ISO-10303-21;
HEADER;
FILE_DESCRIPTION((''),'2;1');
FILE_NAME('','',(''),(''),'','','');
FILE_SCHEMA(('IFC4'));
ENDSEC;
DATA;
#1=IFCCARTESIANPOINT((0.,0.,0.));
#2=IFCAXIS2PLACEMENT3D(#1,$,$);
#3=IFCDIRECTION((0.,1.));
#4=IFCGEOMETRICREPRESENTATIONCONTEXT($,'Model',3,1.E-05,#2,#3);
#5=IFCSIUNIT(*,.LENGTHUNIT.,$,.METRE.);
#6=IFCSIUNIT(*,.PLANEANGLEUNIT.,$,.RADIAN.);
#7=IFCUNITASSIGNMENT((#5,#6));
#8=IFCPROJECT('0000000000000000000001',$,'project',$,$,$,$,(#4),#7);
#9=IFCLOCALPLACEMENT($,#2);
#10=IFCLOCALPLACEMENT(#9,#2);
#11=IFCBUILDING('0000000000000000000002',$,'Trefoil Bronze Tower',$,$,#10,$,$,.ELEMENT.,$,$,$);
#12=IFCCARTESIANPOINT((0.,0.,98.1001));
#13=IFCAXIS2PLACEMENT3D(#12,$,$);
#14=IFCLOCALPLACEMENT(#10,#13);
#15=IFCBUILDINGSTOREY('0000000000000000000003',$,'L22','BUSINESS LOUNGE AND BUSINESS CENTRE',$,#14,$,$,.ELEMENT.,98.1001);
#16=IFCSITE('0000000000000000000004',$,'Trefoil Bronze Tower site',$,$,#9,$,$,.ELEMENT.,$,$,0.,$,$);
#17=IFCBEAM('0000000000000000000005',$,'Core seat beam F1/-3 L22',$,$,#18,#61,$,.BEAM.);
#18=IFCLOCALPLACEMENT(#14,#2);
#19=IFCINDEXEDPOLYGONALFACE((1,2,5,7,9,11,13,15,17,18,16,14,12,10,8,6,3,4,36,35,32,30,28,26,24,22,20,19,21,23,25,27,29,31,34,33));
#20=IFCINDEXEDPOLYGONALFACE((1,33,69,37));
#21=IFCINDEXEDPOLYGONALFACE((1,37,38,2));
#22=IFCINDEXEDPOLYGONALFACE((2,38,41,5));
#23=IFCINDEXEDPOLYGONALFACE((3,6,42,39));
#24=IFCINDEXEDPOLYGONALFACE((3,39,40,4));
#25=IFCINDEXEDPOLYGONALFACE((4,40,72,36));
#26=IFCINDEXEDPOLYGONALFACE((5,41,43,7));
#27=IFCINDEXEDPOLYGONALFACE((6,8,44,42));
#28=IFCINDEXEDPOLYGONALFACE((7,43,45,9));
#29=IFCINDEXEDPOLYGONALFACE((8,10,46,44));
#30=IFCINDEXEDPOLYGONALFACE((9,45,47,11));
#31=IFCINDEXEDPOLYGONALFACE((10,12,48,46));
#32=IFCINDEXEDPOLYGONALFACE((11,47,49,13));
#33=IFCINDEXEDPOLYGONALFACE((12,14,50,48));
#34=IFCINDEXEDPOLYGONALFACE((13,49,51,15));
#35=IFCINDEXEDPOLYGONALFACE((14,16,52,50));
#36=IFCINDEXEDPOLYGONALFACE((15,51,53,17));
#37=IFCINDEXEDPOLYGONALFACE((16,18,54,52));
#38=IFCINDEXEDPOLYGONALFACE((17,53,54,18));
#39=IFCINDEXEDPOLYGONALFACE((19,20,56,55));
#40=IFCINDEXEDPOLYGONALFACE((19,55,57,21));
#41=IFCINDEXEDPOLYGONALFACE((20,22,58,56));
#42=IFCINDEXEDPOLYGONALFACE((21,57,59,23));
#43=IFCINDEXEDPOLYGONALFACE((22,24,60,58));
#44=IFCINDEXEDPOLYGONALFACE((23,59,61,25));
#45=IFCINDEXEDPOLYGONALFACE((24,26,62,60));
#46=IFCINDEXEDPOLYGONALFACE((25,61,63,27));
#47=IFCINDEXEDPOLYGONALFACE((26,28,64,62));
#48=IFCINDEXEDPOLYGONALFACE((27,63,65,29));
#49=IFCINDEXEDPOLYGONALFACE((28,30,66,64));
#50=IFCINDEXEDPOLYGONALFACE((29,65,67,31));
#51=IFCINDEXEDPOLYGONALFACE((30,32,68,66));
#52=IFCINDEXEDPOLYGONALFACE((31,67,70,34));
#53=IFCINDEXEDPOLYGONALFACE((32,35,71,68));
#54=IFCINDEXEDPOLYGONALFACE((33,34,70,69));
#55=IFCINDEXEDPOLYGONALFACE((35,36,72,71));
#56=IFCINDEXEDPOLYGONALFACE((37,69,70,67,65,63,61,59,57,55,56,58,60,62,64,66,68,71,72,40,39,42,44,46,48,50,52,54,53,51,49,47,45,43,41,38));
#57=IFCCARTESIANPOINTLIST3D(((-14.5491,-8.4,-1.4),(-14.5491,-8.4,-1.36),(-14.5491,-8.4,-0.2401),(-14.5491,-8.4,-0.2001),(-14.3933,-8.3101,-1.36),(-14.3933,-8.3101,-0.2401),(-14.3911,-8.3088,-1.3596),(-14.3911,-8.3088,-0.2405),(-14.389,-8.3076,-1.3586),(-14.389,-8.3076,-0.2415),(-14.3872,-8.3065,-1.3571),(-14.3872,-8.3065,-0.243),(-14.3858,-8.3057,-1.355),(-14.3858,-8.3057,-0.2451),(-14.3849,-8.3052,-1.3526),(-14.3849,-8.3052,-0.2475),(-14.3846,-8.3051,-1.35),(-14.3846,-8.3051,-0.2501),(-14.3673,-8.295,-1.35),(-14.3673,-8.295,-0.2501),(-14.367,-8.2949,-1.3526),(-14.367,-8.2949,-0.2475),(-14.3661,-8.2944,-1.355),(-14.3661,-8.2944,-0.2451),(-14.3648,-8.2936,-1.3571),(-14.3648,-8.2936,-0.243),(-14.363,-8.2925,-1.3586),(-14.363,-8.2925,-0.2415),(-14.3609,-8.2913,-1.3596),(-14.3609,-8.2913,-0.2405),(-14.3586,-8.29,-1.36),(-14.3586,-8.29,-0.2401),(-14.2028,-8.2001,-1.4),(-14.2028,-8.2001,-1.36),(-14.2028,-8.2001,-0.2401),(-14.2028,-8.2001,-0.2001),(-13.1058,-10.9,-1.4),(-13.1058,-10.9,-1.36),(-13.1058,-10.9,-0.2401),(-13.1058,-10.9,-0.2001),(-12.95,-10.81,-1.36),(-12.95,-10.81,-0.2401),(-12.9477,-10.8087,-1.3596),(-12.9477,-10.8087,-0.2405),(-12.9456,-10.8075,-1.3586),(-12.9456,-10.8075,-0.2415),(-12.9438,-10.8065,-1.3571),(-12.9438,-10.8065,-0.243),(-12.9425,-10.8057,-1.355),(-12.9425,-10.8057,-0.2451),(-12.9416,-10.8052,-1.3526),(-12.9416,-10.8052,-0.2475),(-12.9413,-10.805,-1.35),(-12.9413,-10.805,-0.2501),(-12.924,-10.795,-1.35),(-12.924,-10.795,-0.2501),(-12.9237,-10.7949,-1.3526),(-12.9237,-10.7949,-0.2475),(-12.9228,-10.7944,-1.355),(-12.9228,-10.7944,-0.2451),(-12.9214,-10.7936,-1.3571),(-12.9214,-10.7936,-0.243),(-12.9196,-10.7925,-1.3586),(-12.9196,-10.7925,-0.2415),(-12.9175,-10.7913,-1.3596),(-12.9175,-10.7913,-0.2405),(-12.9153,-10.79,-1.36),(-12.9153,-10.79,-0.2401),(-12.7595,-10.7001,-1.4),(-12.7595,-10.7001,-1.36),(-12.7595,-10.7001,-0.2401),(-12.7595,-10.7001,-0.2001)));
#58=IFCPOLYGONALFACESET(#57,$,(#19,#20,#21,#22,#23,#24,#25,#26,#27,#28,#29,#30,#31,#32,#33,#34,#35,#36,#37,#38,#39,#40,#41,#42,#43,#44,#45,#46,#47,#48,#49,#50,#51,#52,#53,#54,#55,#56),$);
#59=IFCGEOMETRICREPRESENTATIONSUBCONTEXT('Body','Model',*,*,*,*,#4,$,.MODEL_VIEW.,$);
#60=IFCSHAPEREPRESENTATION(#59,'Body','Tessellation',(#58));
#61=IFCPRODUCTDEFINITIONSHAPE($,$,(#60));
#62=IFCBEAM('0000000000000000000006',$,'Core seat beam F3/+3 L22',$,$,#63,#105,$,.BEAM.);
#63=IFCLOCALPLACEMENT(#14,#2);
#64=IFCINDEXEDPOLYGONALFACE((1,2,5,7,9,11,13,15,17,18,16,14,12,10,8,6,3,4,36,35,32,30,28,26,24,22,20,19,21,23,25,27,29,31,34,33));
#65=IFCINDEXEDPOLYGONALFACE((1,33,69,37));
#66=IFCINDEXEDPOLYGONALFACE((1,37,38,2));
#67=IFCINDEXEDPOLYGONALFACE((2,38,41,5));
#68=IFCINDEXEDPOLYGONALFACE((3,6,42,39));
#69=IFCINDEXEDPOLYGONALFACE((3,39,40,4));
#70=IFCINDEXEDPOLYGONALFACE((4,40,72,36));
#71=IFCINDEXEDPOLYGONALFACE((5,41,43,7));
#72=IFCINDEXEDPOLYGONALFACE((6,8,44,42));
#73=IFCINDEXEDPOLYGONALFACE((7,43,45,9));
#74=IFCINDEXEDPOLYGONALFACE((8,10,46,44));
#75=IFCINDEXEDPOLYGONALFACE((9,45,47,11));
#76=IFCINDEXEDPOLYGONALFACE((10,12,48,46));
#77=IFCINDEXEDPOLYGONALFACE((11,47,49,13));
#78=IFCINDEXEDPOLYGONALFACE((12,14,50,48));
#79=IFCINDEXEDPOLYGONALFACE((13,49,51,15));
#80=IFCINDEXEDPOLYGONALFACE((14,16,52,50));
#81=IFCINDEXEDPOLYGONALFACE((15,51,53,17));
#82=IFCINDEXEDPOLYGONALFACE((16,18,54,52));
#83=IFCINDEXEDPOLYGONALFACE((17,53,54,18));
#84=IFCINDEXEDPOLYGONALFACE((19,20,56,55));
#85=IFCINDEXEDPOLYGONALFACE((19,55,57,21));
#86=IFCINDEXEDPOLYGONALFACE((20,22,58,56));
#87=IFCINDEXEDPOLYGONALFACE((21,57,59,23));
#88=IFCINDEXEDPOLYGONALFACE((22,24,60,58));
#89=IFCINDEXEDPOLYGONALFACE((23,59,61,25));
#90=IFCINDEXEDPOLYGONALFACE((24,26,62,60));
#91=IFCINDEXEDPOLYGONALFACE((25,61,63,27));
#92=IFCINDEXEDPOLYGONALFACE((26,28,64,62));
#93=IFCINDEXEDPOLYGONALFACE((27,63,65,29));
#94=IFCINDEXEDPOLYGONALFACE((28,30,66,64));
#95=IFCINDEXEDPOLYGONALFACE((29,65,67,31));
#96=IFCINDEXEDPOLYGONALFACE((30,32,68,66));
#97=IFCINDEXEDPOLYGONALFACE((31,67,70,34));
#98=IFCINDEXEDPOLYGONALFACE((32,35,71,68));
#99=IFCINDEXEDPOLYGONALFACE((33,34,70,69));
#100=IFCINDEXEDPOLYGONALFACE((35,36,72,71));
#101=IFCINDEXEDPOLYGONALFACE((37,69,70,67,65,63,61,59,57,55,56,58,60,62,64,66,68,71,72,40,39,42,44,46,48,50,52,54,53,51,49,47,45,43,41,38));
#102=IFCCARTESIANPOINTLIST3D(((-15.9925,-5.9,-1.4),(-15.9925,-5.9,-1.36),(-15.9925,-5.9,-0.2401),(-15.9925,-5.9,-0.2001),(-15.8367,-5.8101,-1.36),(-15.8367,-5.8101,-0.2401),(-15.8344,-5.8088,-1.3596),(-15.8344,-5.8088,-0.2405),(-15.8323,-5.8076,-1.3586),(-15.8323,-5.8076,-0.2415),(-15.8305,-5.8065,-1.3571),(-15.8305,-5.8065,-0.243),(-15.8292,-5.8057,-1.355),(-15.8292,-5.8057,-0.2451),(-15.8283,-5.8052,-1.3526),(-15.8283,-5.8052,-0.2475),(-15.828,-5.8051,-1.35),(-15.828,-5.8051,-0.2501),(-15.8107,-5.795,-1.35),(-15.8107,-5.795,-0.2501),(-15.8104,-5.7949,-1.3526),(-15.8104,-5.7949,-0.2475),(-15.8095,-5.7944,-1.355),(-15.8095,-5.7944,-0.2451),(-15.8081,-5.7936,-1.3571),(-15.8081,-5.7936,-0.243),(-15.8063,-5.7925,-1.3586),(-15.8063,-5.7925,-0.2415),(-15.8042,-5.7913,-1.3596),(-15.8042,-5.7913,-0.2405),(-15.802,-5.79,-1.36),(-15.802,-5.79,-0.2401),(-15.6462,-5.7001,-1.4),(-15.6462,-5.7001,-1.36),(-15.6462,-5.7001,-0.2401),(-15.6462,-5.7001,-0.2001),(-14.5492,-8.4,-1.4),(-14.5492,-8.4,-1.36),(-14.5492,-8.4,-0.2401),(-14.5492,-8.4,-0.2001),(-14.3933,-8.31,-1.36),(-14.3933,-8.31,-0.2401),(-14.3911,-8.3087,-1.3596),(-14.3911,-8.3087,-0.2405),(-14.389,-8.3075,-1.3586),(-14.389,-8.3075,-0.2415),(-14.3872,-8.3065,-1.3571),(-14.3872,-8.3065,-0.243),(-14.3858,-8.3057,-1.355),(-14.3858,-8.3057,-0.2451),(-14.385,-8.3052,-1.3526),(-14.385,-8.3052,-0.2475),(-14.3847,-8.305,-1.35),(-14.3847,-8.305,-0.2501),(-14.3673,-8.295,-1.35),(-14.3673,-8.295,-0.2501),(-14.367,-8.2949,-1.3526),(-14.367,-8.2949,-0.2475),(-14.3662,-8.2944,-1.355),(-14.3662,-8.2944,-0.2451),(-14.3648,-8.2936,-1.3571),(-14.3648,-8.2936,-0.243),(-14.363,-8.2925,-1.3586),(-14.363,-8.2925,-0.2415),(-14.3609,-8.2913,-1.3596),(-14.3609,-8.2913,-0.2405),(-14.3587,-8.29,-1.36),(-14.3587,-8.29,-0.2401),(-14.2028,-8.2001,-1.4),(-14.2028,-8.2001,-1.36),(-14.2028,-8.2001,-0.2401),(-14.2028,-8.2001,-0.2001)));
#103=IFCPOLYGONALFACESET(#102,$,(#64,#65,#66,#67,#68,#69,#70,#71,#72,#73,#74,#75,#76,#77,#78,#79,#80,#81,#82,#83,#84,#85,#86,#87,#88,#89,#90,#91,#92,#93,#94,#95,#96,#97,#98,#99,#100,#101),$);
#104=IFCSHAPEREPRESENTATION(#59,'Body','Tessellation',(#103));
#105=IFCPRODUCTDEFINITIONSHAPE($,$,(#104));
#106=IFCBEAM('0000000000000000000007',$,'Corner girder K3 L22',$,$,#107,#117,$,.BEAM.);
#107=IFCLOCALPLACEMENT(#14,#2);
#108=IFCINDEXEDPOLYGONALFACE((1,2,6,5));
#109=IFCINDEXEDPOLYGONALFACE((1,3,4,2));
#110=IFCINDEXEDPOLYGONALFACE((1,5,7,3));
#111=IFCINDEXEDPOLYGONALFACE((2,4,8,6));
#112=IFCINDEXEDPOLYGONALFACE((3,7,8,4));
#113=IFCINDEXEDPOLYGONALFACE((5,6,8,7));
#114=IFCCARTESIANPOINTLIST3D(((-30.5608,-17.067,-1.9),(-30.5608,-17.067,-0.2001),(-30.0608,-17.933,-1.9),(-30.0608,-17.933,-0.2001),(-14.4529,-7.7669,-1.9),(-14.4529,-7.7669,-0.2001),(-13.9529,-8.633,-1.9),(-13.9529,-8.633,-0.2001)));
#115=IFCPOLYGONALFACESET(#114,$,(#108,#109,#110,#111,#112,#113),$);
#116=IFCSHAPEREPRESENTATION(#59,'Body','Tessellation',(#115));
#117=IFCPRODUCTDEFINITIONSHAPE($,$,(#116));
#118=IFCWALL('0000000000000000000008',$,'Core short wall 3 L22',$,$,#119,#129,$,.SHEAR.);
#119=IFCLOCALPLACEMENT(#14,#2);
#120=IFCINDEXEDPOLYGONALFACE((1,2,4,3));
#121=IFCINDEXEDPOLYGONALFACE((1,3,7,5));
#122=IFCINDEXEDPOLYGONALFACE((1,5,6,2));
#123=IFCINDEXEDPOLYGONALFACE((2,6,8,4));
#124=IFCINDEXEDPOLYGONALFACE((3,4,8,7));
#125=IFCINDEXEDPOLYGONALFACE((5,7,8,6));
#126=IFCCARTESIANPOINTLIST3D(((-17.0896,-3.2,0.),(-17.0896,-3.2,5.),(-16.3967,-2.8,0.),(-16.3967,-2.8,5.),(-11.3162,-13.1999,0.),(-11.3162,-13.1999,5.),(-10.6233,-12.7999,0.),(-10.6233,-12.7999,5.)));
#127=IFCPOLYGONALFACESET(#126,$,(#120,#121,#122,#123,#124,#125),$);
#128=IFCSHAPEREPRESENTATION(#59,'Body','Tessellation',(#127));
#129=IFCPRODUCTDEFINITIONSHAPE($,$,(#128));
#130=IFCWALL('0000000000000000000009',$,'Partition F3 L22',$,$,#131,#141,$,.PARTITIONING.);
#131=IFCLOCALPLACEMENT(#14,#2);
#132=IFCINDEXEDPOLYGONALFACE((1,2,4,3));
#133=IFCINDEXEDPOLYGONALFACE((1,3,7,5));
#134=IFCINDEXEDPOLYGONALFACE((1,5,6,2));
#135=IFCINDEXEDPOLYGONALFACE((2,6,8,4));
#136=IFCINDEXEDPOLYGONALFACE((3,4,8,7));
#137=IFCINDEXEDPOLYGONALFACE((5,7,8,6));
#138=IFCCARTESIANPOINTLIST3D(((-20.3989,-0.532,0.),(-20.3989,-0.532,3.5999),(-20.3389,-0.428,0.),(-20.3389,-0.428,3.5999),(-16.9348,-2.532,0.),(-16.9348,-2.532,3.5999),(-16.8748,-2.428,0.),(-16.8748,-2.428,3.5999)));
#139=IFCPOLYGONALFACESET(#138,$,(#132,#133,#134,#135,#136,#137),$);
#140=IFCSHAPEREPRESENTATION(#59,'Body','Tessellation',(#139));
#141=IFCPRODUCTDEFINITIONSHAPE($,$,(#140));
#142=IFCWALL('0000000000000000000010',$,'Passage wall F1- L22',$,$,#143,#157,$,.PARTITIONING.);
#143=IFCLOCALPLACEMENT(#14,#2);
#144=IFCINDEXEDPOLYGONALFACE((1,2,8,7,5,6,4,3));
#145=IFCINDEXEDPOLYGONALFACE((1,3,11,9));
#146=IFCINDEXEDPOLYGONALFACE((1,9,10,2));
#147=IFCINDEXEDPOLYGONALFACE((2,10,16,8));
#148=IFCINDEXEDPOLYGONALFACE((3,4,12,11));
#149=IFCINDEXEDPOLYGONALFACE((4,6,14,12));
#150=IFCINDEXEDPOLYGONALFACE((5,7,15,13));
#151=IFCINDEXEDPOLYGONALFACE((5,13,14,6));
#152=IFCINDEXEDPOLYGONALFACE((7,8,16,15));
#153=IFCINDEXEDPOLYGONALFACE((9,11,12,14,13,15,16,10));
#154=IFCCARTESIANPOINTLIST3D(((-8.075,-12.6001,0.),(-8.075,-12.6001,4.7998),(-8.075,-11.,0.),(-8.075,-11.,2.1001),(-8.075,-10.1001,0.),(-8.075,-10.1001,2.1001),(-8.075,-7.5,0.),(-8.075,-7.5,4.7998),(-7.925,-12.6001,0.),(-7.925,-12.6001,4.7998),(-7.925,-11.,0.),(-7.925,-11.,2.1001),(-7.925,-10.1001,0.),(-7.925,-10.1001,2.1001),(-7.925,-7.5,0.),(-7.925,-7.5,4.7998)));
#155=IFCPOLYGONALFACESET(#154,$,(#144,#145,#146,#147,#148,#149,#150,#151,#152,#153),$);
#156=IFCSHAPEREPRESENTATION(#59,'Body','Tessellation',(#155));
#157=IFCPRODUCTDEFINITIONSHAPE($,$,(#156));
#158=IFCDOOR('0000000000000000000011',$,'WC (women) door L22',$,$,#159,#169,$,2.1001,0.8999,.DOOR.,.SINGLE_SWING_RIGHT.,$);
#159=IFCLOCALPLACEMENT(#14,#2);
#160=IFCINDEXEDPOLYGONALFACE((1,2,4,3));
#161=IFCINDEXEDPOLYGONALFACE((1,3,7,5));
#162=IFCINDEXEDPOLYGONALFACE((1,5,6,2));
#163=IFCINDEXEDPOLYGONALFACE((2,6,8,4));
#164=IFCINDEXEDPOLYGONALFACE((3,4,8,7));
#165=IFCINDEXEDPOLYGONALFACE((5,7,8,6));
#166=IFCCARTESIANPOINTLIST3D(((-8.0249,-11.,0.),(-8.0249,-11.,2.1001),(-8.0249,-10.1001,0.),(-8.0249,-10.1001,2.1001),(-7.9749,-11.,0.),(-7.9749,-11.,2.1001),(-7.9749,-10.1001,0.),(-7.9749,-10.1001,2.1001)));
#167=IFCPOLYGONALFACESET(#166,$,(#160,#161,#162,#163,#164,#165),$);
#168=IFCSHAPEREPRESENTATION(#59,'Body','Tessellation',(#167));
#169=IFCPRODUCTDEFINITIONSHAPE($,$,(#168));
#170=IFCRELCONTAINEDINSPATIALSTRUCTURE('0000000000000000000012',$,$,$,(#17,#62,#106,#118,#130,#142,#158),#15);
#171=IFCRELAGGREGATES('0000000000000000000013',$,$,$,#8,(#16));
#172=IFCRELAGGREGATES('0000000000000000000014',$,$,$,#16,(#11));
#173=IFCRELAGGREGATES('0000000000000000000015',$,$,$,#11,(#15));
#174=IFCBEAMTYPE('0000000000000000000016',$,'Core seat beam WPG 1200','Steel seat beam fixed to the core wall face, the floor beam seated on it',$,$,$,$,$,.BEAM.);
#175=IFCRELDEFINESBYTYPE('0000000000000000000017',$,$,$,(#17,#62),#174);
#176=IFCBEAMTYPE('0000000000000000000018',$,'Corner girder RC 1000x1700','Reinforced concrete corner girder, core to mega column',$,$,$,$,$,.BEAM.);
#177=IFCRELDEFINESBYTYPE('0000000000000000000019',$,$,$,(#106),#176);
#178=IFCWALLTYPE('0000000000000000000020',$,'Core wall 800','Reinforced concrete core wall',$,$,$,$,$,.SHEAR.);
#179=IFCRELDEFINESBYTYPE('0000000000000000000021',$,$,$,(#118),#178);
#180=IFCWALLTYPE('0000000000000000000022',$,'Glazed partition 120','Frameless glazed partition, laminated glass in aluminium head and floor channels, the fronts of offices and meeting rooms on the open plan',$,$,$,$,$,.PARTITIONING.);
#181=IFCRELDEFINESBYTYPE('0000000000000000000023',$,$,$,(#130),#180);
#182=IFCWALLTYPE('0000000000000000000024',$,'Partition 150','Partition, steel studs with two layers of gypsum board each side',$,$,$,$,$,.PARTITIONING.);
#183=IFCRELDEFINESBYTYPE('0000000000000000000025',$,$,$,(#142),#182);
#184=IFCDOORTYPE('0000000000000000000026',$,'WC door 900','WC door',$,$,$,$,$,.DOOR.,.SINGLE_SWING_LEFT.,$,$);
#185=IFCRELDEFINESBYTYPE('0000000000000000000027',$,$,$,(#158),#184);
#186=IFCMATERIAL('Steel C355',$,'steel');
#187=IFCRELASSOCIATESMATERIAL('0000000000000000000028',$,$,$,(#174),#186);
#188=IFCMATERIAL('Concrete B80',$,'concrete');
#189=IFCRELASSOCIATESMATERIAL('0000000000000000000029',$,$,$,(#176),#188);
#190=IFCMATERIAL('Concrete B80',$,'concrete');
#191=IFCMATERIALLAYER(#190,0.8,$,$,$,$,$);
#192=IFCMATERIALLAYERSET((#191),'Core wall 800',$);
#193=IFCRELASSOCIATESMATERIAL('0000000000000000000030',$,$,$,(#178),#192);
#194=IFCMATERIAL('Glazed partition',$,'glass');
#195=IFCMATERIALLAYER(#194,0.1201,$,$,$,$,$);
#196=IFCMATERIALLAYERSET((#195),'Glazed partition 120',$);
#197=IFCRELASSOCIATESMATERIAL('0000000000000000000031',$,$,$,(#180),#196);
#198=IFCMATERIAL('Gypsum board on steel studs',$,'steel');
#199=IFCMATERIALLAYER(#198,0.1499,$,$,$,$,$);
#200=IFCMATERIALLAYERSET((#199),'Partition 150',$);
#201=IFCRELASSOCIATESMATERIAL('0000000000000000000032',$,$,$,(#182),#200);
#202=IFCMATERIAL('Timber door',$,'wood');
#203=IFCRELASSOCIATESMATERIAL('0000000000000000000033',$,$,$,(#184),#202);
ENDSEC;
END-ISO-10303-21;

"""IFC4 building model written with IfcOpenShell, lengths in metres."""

from ifc_helpers import new_model, si_unit, direction, frame, frame_2d, origin, origin_2d, place, context, subcontext, project, spatial, rectangle, i_section, extrude, material, layer, layer_set, material_profile, profile_set, type_object, element, fill, save


model = new_model("IFC4")

# Units and contexts
model_context = context("Model", 3, precision=1e-05, world=origin(), true_north=direction((0.0, 1.0)))
body_context = subcontext(model_context, "Body", "Model", "MODEL_VIEW")
ifc_project = project(units=[si_unit("LENGTHUNIT", "METRE"), si_unit("PLANEANGLEUNIT", "RADIAN")], contexts=[model_context])

# Site, building, storey
site_placement = place(None, origin())
site = spatial("IfcSite", under=ifc_project, at=site_placement, Name="Trefoil Bronze Tower site", CompositionType="ELEMENT", RefElevation=0.0)
building_placement = place(site_placement, origin())
building = spatial("IfcBuilding", under=site, at=building_placement, Name="Trefoil Bronze Tower", CompositionType="ELEMENT")
storey_placement = place(building_placement, frame((0.0, 0.0, 98.1001)))
storey = spatial("IfcBuildingStorey", under=building, at=storey_placement, Name="L22", Description="BUSINESS LOUNGE AND BUSINESS CENTRE", CompositionType="ELEMENT", Elevation=98.1001)

# Beams
ifc_material_1 = material(Name="Steel C355", Category="steel")
ifc_material_profile_1 = material_profile(ifc_material_1, i_section(OverallWidth=0.3999, OverallDepth=1.2, WebThickness=0.02, FlangeThickness=0.04, FilletRadius=0.01, at=origin_2d()), Name="WPG 1200")
ifc_profile_set_1 = profile_set([ifc_material_profile_1], Name="Steel C355")
beam_type_1 = type_object("IfcBeamType", Name="Core seat beam WPG 1200", Description="Steel seat beam fixed to the core wall face, the floor beam seated on it", PredefinedType="BEAM", material=ifc_profile_set_1)
for number, where, z_axis, x_axis, name in (
    (1, (-14.376, -8.3, -0.8), (0.499996, -0.866028, 0.0), (0.866028, 0.499996, 0.0), "Core seat beam F1/-3 L22"),
    (2, (-15.8193, -5.8, -0.8), (0.499996, -0.866028, 0.0), (0.866028, 0.499996, 0.0), "Core seat beam F3/+3 L22"),
):
    element("IfcBeam", number, at=place(storey_placement, frame(where, z_axis=z_axis, x_axis=x_axis)), inside=storey, type_object=beam_type_1, Name=name, PredefinedType="BEAM", context=body_context, shape_type="SweptSolid", body=[
        extrude(i_section(OverallWidth=0.3999, OverallDepth=1.2, WebThickness=0.02, FlangeThickness=0.04, FilletRadius=0.01, at=origin_2d()), origin(), (0.0, 0.0, 1.0), 2.8867),
    ])
ifc_material_2 = material(Name="Concrete B80", Category="concrete")
ifc_material_profile_2 = material_profile(ifc_material_2, rectangle(XDim=1.0, YDim=1.7, at=origin_2d()), Name="RC 1000x1700")
ifc_profile_set_2 = profile_set([ifc_material_profile_2], Name="Concrete B80")
beam_type_2 = type_object("IfcBeamType", Name="Corner girder RC 1000x1700", Description="Reinforced concrete corner girder, core to mega column", PredefinedType="BEAM", material=ifc_profile_set_2)
beam_placement = place(storey_placement, frame((-14.2029, -8.2, -1.05), z_axis=(-0.866022, -0.500006, 0.0), x_axis=(0.500006, -0.866022, 0.0)))
element("IfcBeam", 3, at=beam_placement, inside=storey, type_object=beam_type_2, Name="Corner girder K3 L22", PredefinedType="BEAM", context=body_context, shape_type="SweptSolid", body=[
    extrude(rectangle(XDim=1.0, YDim=1.7, at=origin_2d()), origin(), (0.0, 0.0, 1.0), 18.5999),
])

# Walls
ifc_material_3 = material(Name="Concrete B80", Category="concrete")
ifc_layer_1 = layer(ifc_material_3, 0.8)
ifc_layer_set_1 = layer_set([ifc_layer_1], Name="Core wall 800")
wall_type_1 = type_object("IfcWallType", Name="Core wall 800", Description="Reinforced concrete core wall", PredefinedType="SHEAR", material=ifc_layer_set_1)
wall_1_placement = place(storey_placement, frame((-16.7432, -3.0, 0.0), z_axis=(0.0, 0.0, 1.0), x_axis=(0.499996, -0.866028, 0.0)))
element("IfcWall", 4, at=wall_1_placement, inside=storey, type_object=wall_type_1, Name="Core short wall 3 L22", PredefinedType="SHEAR", context=body_context, shape_type="SweptSolid", body=[
    extrude(rectangle(XDim=11.5469, YDim=0.8, at=frame_2d((5.7734, 0.0))), origin(), (0.0, 0.0, 1.0), 5.0),
])
ifc_material_4 = material(Name="Glazed partition", Category="glass")
ifc_layer_2 = layer(ifc_material_4, 0.1201)
ifc_layer_set_2 = layer_set([ifc_layer_2], Name="Glazed partition 120")
wall_type_2 = type_object("IfcWallType", Name="Glazed partition 120", Description="Frameless glazed partition, laminated glass in aluminium head and floor channels, the fronts of offices and meeting rooms on the open plan", PredefinedType="PARTITIONING", material=ifc_layer_set_2)
wall_2_placement = place(storey_placement, frame((-16.9048, -2.48, 0.0), z_axis=(0.0, 0.0, 1.0), x_axis=(-0.866026, 0.499999, 0.0)))
element("IfcWall", 5, at=wall_2_placement, inside=storey, type_object=wall_type_2, Name="Partition F3 L22", PredefinedType="PARTITIONING", context=body_context, shape_type="SweptSolid", body=[
    extrude(rectangle(XDim=4.0, YDim=0.1201, at=frame_2d((2.0, 0.0))), origin(), (0.0, 0.0, 1.0), 3.5999),
])

# Wall, opening, door
ifc_material_5 = material(Name="Gypsum board on steel studs", Category="steel")
ifc_layer_3 = layer(ifc_material_5, 0.1499)
ifc_layer_set_3 = layer_set([ifc_layer_3], Name="Partition 150")
wall_type_3 = type_object("IfcWallType", Name="Partition 150", Description="Partition, steel studs with two layers of gypsum board each side", PredefinedType="PARTITIONING", material=ifc_layer_set_3)
wall_3_placement = place(storey_placement, frame((-8.0, -7.5, 0.0), z_axis=(0.0, 0.0, 1.0), x_axis=(0.0, -1.0, 0.0)))
wall_3 = element("IfcWall", 6, at=wall_3_placement, inside=storey, type_object=wall_type_3, Name="Passage wall F1- L22", PredefinedType="PARTITIONING", context=body_context, shape_type="SweptSolid", body=[
    extrude(rectangle(XDim=5.1001, YDim=0.1499, at=frame_2d((2.55, 0.0))), origin(), (0.0, 0.0, 1.0), 4.7998),
])
opening_1_placement = place(wall_3_placement, frame((2.6001, 0.0, 0.0)))
opening_1 = element("IfcOpeningElement", 7, at=opening_1_placement, cuts=wall_3, PredefinedType="OPENING", context=body_context, shape_type="SweptSolid", body=[
    extrude(rectangle(XDim=0.8999, YDim=2.1001, at=frame_2d((0.45, 1.05))), frame((0.0, 0.085, 0.0), z_axis=(0.0, -1.0, 0.0), x_axis=(1.0, 0.0, 0.0)), (0.0, 0.0, 1.0), 0.1699),
])
ifc_material_6 = material(Name="Timber door", Category="wood")
door_type_1 = type_object("IfcDoorType", Name="WC door 900", Description="WC door", OperationType="SINGLE_SWING_LEFT", PredefinedType="DOOR", material=ifc_material_6)
door_1_placement = place(opening_1_placement, frame((0.8999, 0.0, 0.0), z_axis=(0.0, 0.0, 1.0), x_axis=(-1.0, 0.0, 0.0)))
door_1 = element("IfcDoor", 8, at=door_1_placement, inside=storey, type_object=door_type_1, Name="WC (women) door L22", OperationType="SINGLE_SWING_RIGHT", OverallHeight=2.1001, OverallWidth=0.8999, PredefinedType="DOOR", context=body_context, shape_type="SweptSolid", body=[
    extrude(rectangle(XDim=0.8999, YDim=2.1001, at=frame_2d((0.45, 1.05))), frame((0.0, 0.0249, 0.0), z_axis=(0.0, -1.0, 0.0), x_axis=(1.0, 0.0, 0.0)), (0.0, 0.0, 1.0), 0.05),
])
fill(opening_1, door_1)

save(model, "model.ifc")
